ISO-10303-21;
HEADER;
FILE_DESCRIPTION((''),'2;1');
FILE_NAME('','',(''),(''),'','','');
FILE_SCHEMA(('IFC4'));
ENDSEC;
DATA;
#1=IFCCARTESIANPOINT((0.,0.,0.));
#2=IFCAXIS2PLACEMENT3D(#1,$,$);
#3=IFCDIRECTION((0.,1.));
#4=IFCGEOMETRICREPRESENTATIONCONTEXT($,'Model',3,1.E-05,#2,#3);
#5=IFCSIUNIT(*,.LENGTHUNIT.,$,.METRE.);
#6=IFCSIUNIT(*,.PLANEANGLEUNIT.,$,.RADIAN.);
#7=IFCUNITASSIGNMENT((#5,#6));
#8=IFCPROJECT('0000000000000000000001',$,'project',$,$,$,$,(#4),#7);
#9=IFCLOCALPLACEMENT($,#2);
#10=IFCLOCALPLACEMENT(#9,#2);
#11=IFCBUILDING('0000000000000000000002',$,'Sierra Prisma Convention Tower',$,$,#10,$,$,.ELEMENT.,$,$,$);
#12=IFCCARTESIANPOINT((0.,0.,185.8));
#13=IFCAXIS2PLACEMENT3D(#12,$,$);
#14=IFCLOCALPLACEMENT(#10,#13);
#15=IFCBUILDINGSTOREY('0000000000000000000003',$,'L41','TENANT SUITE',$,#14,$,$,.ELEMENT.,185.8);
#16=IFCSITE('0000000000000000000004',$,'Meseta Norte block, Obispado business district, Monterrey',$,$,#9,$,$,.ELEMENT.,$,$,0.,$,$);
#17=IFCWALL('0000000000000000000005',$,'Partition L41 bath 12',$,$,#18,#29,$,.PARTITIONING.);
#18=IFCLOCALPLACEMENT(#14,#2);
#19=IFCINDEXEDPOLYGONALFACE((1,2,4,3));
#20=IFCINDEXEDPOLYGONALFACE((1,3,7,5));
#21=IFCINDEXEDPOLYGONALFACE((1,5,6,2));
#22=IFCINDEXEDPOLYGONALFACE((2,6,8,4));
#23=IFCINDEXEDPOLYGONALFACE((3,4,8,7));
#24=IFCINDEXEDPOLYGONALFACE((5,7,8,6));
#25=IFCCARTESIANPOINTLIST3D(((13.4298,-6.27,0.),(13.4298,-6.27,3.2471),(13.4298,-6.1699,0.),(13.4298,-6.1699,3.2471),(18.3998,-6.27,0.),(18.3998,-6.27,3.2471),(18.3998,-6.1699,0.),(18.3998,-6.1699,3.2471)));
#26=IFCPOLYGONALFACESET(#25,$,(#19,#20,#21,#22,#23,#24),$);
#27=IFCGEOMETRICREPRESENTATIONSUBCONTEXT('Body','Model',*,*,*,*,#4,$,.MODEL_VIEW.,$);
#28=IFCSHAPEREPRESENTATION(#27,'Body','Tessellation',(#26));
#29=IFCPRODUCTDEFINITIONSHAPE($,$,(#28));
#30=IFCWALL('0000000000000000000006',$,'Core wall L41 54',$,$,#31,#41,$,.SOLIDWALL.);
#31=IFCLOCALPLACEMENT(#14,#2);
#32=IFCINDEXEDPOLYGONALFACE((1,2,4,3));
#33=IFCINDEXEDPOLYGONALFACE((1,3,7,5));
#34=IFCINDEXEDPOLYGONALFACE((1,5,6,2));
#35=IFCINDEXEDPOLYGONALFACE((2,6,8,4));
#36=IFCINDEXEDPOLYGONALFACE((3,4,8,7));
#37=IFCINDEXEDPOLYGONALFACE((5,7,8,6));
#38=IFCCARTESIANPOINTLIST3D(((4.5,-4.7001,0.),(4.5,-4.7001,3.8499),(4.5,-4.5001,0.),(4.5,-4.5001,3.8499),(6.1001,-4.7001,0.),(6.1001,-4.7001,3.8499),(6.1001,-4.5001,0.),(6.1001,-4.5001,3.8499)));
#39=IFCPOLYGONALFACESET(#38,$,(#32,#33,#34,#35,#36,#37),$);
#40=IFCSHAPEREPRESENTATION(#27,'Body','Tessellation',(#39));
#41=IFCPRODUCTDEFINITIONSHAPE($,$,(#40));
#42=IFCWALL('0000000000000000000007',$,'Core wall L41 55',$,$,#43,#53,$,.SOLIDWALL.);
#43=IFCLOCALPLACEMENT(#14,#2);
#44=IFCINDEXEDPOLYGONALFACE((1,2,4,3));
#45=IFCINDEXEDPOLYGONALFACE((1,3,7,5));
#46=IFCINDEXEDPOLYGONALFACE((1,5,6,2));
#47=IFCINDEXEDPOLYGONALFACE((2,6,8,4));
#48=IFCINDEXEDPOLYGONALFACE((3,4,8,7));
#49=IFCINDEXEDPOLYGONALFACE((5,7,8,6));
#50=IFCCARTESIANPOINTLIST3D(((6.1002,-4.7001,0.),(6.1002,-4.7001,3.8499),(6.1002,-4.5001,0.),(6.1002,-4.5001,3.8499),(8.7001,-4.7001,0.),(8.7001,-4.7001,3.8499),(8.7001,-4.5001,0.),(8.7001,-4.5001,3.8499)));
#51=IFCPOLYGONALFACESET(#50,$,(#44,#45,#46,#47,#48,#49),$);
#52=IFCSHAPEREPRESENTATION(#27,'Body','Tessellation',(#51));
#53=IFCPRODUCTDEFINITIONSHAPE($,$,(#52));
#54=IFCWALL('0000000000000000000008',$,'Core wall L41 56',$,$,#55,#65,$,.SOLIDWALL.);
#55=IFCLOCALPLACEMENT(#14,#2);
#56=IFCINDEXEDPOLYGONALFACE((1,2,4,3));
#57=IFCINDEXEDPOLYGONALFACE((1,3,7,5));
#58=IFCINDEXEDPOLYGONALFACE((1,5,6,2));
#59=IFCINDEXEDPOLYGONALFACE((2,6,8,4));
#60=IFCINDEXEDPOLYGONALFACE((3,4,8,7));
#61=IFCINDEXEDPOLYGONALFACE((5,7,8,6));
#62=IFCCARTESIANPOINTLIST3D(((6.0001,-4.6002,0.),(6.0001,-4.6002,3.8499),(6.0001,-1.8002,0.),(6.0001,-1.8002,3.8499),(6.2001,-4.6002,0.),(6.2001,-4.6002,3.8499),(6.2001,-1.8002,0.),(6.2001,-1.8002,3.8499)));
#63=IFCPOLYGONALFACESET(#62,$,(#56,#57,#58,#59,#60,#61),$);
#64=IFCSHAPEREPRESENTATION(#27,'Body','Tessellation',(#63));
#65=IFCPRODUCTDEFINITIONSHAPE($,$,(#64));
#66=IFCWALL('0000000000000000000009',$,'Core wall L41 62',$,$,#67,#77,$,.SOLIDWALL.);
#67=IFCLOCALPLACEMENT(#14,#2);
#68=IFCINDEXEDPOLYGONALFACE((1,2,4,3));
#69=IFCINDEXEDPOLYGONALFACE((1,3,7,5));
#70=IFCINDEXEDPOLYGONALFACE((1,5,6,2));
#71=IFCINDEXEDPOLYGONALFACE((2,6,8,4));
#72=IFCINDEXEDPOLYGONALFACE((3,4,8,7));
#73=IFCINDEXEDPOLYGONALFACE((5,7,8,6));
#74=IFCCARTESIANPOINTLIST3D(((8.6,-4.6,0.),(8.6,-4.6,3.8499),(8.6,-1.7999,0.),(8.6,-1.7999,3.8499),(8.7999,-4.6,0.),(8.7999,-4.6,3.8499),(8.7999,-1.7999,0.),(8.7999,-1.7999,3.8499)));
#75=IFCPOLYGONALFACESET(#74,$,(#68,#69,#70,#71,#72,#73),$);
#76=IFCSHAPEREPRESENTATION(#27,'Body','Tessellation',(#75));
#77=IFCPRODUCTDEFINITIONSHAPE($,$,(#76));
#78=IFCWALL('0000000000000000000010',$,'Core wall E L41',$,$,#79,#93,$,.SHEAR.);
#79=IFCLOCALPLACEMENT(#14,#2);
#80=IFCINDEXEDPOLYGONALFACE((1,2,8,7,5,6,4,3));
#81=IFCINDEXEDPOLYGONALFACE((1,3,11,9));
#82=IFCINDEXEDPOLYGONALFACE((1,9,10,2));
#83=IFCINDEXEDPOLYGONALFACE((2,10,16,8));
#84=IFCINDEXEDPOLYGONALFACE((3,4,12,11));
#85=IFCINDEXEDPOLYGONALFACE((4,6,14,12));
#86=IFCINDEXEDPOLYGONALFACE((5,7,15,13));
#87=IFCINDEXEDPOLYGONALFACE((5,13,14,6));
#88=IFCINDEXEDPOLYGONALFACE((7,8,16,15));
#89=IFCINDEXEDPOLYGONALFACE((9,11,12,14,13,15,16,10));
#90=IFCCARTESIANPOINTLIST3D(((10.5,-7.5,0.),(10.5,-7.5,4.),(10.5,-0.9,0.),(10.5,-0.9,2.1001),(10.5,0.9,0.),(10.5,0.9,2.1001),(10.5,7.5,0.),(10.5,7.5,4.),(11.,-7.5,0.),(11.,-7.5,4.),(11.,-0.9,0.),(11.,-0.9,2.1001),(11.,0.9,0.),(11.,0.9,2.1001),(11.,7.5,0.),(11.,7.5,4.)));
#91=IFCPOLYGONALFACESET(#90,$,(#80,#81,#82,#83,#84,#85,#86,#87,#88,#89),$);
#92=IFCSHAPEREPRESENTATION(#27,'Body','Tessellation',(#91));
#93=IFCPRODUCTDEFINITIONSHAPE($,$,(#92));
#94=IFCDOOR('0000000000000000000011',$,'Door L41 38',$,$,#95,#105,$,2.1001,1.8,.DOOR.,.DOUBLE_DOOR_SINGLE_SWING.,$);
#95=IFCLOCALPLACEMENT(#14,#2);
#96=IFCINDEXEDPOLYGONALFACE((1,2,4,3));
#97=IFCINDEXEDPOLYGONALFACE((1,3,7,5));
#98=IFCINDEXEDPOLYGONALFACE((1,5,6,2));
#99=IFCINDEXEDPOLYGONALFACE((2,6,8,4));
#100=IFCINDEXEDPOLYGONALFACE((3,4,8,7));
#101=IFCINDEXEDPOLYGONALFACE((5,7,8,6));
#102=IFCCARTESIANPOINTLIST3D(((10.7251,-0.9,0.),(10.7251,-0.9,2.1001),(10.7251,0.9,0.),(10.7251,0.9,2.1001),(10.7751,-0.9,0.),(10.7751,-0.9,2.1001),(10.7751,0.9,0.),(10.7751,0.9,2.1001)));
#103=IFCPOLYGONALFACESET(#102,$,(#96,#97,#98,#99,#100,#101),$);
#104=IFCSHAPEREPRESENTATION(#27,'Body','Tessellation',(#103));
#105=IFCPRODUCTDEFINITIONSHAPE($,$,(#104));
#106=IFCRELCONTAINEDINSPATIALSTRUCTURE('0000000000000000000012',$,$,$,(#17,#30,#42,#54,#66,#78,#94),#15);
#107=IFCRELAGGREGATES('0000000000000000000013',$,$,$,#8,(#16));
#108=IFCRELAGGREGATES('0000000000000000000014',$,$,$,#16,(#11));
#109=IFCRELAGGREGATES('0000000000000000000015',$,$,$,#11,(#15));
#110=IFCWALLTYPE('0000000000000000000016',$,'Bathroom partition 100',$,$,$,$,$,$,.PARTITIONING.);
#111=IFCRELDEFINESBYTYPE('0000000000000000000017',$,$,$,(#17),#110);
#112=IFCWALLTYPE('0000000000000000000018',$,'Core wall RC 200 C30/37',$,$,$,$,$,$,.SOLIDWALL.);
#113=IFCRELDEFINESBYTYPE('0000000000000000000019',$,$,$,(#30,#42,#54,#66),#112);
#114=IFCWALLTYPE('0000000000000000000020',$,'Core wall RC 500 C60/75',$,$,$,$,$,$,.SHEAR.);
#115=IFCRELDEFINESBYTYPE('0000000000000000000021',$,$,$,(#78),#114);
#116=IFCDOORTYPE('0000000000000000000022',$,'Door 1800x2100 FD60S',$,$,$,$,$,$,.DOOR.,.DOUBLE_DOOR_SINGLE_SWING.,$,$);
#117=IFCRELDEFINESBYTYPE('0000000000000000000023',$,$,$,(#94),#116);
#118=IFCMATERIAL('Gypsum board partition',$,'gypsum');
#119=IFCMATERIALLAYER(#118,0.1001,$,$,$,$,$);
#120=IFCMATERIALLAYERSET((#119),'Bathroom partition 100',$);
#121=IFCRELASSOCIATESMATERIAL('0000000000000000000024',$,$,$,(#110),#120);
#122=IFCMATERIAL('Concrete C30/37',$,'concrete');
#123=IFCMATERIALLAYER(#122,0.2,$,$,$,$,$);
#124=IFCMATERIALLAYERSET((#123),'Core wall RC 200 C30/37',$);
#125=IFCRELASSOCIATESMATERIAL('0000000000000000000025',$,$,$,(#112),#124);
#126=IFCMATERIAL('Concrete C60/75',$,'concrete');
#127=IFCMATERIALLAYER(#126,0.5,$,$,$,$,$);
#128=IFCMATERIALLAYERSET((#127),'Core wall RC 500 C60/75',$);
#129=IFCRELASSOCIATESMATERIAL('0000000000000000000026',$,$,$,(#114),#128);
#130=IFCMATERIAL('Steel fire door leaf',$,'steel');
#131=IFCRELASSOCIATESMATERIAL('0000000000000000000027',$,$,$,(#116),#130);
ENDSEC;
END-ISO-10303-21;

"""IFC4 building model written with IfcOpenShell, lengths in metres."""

from ifc_helpers import new_model, si_unit, direction, frame, frame_2d, origin, place, context, subcontext, project, spatial, rectangle, extrude, material, layer, layer_set, type_object, element, fill, save


model = new_model("IFC4")

# Units and contexts
model_context = context("Model", 3, precision=1e-05, world=origin(), true_north=direction((0.0, 1.0)))
body_context = subcontext(model_context, "Body", "Model", "MODEL_VIEW")
ifc_project = project(units=[si_unit("LENGTHUNIT", "METRE"), si_unit("PLANEANGLEUNIT", "RADIAN")], contexts=[model_context])

# Site, building, storey
site_placement = place(None, origin())
site = spatial("IfcSite", under=ifc_project, at=site_placement, Name="Meseta Norte block, Obispado business district, Monterrey", CompositionType="ELEMENT", RefElevation=0.0)
building_placement = place(site_placement, origin())
building = spatial("IfcBuilding", under=site, at=building_placement, Name="Sierra Prisma Convention Tower", CompositionType="ELEMENT")
storey_placement = place(building_placement, frame((0.0, 0.0, 185.8)))
storey = spatial("IfcBuildingStorey", under=building, at=storey_placement, Name="L41", Description="TENANT SUITE", CompositionType="ELEMENT", Elevation=185.8)

# Walls
ifc_material_1 = material(Name="Gypsum board partition", Category="gypsum")
ifc_layer_1 = layer(ifc_material_1, 0.1001)
ifc_layer_set_1 = layer_set([ifc_layer_1], Name="Bathroom partition 100")
wall_type_1 = type_object("IfcWallType", Name="Bathroom partition 100", PredefinedType="PARTITIONING", material=ifc_layer_set_1)
wall_1_placement = place(storey_placement, frame((13.4299, -6.22, 0.0), z_axis=(0.0, 0.0, 1.0), x_axis=(1.0, 0.0, 0.0)))
element("IfcWall", 1, at=wall_1_placement, inside=storey, type_object=wall_type_1, Name="Partition L41 bath 12", PredefinedType="PARTITIONING", context=body_context, shape_type="SweptSolid", body=[
    extrude(rectangle(XDim=4.97, YDim=0.1001, at=frame_2d((2.4849, 0.0))), origin(), (0.0, 0.0, 1.0), 3.2471),
])
ifc_material_2 = material(Name="Concrete C30/37", Category="concrete")
ifc_layer_2 = layer(ifc_material_2, 0.2)
ifc_layer_set_2 = layer_set([ifc_layer_2], Name="Core wall RC 200 C30/37")
wall_type_2 = type_object("IfcWallType", Name="Core wall RC 200 C30/37", PredefinedType="SOLIDWALL", material=ifc_layer_set_2)
wall_2_placement = place(storey_placement, frame((6.1001, -4.6001, 0.0), z_axis=(0.0, 0.0, 1.0), x_axis=(-1.0, 0.0, 0.0)))
element("IfcWall", 2, at=wall_2_placement, inside=storey, type_object=wall_type_2, Name="Core wall L41 54", PredefinedType="SOLIDWALL", context=body_context, shape_type="SweptSolid", body=[
    extrude(rectangle(XDim=1.6001, YDim=0.2, at=frame_2d((0.8, 0.0))), origin(), (0.0, 0.0, 1.0), 3.8499),
])
wall_3_placement = place(storey_placement, frame((8.7, -4.6001, 0.0), z_axis=(0.0, 0.0, 1.0), x_axis=(-1.0, 0.0, 0.0)))
element("IfcWall", 3, at=wall_3_placement, inside=storey, type_object=wall_type_2, Name="Core wall L41 55", PredefinedType="SOLIDWALL", context=body_context, shape_type="SweptSolid", body=[
    extrude(rectangle(XDim=2.5999, YDim=0.2, at=frame_2d((1.2998, 0.0))), origin(), (0.0, 0.0, 1.0), 3.8499),
])
wall_4_placement = place(storey_placement, frame((6.1001, -4.6001, 0.0), z_axis=(0.0, 0.0, 1.0), x_axis=(0.0, 1.0, 0.0)))
element("IfcWall", 4, at=wall_4_placement, inside=storey, type_object=wall_type_2, Name="Core wall L41 56", PredefinedType="SOLIDWALL", context=body_context, shape_type="SweptSolid", body=[
    extrude(rectangle(XDim=2.8, YDim=0.2, at=frame_2d((1.3999, 0.0))), origin(), (0.0, 0.0, 1.0), 3.8499),
])

# Wall
wall_5_placement = place(storey_placement, frame((8.7, -1.8, 0.0), z_axis=(0.0, 0.0, 1.0), x_axis=(0.0, -1.0, 0.0)))
element("IfcWall", 5, at=wall_5_placement, inside=storey, type_object=wall_type_2, Name="Core wall L41 62", PredefinedType="SOLIDWALL", context=body_context, shape_type="SweptSolid", body=[
    extrude(rectangle(XDim=2.8, YDim=0.2, at=frame_2d((1.3999, 0.0))), origin(), (0.0, 0.0, 1.0), 3.8499),
])

# Wall, opening, door
ifc_material_3 = material(Name="Concrete C60/75", Category="concrete")
ifc_layer_3 = layer(ifc_material_3, 0.5)
ifc_layer_set_3 = layer_set([ifc_layer_3], Name="Core wall RC 500 C60/75")
wall_type_3 = type_object("IfcWallType", Name="Core wall RC 500 C60/75", PredefinedType="SHEAR", material=ifc_layer_set_3)
wall_6_placement = place(storey_placement, frame((10.75, -7.5, 0.0), z_axis=(0.0, 0.0, 1.0), x_axis=(0.0, 1.0, 0.0)))
wall_6 = element("IfcWall", 6, at=wall_6_placement, inside=storey, type_object=wall_type_3, Name="Core wall E L41", PredefinedType="SHEAR", context=body_context, shape_type="SweptSolid", body=[
    extrude(rectangle(XDim=15.0, YDim=0.5, at=frame_2d((7.5, 0.0))), origin(), (0.0, 0.0, 1.0), 4.0),
])
opening_1_placement = place(wall_6_placement, frame((6.6001, 0.0, 0.0)))
opening_1 = element("IfcOpeningElement", 7, at=opening_1_placement, cuts=wall_6, PredefinedType="OPENING", context=body_context, shape_type="SweptSolid", body=[
    extrude(rectangle(XDim=1.8, YDim=2.1001, at=frame_2d((0.8999, 1.05))), frame((0.0, 0.25, 0.0), z_axis=(0.0, -1.0, 0.0), x_axis=(1.0, 0.0, 0.0)), (0.0, 0.0, 1.0), 0.5),
])
ifc_material_4 = material(Name="Steel fire door leaf", Category="steel")
door_type_1 = type_object("IfcDoorType", Name="Door 1800x2100 FD60S", OperationType="DOUBLE_DOOR_SINGLE_SWING", PredefinedType="DOOR", material=ifc_material_4)
door_1_placement = place(opening_1_placement, origin())
door_1 = element("IfcDoor", 8, at=door_1_placement, inside=storey, type_object=door_type_1, Name="Door L41 38", OperationType="DOUBLE_DOOR_SINGLE_SWING", OverallHeight=2.1001, OverallWidth=1.8, PredefinedType="DOOR", context=body_context, shape_type="SweptSolid", body=[
    extrude(rectangle(XDim=1.8, YDim=2.1001, at=frame_2d((0.8999, 1.05))), frame((0.0, 0.0249, 0.0), z_axis=(0.0, -1.0, 0.0), x_axis=(1.0, 0.0, 0.0)), (0.0, 0.0, 1.0), 0.05),
])
fill(opening_1, door_1)

save(model, "model.ifc")
